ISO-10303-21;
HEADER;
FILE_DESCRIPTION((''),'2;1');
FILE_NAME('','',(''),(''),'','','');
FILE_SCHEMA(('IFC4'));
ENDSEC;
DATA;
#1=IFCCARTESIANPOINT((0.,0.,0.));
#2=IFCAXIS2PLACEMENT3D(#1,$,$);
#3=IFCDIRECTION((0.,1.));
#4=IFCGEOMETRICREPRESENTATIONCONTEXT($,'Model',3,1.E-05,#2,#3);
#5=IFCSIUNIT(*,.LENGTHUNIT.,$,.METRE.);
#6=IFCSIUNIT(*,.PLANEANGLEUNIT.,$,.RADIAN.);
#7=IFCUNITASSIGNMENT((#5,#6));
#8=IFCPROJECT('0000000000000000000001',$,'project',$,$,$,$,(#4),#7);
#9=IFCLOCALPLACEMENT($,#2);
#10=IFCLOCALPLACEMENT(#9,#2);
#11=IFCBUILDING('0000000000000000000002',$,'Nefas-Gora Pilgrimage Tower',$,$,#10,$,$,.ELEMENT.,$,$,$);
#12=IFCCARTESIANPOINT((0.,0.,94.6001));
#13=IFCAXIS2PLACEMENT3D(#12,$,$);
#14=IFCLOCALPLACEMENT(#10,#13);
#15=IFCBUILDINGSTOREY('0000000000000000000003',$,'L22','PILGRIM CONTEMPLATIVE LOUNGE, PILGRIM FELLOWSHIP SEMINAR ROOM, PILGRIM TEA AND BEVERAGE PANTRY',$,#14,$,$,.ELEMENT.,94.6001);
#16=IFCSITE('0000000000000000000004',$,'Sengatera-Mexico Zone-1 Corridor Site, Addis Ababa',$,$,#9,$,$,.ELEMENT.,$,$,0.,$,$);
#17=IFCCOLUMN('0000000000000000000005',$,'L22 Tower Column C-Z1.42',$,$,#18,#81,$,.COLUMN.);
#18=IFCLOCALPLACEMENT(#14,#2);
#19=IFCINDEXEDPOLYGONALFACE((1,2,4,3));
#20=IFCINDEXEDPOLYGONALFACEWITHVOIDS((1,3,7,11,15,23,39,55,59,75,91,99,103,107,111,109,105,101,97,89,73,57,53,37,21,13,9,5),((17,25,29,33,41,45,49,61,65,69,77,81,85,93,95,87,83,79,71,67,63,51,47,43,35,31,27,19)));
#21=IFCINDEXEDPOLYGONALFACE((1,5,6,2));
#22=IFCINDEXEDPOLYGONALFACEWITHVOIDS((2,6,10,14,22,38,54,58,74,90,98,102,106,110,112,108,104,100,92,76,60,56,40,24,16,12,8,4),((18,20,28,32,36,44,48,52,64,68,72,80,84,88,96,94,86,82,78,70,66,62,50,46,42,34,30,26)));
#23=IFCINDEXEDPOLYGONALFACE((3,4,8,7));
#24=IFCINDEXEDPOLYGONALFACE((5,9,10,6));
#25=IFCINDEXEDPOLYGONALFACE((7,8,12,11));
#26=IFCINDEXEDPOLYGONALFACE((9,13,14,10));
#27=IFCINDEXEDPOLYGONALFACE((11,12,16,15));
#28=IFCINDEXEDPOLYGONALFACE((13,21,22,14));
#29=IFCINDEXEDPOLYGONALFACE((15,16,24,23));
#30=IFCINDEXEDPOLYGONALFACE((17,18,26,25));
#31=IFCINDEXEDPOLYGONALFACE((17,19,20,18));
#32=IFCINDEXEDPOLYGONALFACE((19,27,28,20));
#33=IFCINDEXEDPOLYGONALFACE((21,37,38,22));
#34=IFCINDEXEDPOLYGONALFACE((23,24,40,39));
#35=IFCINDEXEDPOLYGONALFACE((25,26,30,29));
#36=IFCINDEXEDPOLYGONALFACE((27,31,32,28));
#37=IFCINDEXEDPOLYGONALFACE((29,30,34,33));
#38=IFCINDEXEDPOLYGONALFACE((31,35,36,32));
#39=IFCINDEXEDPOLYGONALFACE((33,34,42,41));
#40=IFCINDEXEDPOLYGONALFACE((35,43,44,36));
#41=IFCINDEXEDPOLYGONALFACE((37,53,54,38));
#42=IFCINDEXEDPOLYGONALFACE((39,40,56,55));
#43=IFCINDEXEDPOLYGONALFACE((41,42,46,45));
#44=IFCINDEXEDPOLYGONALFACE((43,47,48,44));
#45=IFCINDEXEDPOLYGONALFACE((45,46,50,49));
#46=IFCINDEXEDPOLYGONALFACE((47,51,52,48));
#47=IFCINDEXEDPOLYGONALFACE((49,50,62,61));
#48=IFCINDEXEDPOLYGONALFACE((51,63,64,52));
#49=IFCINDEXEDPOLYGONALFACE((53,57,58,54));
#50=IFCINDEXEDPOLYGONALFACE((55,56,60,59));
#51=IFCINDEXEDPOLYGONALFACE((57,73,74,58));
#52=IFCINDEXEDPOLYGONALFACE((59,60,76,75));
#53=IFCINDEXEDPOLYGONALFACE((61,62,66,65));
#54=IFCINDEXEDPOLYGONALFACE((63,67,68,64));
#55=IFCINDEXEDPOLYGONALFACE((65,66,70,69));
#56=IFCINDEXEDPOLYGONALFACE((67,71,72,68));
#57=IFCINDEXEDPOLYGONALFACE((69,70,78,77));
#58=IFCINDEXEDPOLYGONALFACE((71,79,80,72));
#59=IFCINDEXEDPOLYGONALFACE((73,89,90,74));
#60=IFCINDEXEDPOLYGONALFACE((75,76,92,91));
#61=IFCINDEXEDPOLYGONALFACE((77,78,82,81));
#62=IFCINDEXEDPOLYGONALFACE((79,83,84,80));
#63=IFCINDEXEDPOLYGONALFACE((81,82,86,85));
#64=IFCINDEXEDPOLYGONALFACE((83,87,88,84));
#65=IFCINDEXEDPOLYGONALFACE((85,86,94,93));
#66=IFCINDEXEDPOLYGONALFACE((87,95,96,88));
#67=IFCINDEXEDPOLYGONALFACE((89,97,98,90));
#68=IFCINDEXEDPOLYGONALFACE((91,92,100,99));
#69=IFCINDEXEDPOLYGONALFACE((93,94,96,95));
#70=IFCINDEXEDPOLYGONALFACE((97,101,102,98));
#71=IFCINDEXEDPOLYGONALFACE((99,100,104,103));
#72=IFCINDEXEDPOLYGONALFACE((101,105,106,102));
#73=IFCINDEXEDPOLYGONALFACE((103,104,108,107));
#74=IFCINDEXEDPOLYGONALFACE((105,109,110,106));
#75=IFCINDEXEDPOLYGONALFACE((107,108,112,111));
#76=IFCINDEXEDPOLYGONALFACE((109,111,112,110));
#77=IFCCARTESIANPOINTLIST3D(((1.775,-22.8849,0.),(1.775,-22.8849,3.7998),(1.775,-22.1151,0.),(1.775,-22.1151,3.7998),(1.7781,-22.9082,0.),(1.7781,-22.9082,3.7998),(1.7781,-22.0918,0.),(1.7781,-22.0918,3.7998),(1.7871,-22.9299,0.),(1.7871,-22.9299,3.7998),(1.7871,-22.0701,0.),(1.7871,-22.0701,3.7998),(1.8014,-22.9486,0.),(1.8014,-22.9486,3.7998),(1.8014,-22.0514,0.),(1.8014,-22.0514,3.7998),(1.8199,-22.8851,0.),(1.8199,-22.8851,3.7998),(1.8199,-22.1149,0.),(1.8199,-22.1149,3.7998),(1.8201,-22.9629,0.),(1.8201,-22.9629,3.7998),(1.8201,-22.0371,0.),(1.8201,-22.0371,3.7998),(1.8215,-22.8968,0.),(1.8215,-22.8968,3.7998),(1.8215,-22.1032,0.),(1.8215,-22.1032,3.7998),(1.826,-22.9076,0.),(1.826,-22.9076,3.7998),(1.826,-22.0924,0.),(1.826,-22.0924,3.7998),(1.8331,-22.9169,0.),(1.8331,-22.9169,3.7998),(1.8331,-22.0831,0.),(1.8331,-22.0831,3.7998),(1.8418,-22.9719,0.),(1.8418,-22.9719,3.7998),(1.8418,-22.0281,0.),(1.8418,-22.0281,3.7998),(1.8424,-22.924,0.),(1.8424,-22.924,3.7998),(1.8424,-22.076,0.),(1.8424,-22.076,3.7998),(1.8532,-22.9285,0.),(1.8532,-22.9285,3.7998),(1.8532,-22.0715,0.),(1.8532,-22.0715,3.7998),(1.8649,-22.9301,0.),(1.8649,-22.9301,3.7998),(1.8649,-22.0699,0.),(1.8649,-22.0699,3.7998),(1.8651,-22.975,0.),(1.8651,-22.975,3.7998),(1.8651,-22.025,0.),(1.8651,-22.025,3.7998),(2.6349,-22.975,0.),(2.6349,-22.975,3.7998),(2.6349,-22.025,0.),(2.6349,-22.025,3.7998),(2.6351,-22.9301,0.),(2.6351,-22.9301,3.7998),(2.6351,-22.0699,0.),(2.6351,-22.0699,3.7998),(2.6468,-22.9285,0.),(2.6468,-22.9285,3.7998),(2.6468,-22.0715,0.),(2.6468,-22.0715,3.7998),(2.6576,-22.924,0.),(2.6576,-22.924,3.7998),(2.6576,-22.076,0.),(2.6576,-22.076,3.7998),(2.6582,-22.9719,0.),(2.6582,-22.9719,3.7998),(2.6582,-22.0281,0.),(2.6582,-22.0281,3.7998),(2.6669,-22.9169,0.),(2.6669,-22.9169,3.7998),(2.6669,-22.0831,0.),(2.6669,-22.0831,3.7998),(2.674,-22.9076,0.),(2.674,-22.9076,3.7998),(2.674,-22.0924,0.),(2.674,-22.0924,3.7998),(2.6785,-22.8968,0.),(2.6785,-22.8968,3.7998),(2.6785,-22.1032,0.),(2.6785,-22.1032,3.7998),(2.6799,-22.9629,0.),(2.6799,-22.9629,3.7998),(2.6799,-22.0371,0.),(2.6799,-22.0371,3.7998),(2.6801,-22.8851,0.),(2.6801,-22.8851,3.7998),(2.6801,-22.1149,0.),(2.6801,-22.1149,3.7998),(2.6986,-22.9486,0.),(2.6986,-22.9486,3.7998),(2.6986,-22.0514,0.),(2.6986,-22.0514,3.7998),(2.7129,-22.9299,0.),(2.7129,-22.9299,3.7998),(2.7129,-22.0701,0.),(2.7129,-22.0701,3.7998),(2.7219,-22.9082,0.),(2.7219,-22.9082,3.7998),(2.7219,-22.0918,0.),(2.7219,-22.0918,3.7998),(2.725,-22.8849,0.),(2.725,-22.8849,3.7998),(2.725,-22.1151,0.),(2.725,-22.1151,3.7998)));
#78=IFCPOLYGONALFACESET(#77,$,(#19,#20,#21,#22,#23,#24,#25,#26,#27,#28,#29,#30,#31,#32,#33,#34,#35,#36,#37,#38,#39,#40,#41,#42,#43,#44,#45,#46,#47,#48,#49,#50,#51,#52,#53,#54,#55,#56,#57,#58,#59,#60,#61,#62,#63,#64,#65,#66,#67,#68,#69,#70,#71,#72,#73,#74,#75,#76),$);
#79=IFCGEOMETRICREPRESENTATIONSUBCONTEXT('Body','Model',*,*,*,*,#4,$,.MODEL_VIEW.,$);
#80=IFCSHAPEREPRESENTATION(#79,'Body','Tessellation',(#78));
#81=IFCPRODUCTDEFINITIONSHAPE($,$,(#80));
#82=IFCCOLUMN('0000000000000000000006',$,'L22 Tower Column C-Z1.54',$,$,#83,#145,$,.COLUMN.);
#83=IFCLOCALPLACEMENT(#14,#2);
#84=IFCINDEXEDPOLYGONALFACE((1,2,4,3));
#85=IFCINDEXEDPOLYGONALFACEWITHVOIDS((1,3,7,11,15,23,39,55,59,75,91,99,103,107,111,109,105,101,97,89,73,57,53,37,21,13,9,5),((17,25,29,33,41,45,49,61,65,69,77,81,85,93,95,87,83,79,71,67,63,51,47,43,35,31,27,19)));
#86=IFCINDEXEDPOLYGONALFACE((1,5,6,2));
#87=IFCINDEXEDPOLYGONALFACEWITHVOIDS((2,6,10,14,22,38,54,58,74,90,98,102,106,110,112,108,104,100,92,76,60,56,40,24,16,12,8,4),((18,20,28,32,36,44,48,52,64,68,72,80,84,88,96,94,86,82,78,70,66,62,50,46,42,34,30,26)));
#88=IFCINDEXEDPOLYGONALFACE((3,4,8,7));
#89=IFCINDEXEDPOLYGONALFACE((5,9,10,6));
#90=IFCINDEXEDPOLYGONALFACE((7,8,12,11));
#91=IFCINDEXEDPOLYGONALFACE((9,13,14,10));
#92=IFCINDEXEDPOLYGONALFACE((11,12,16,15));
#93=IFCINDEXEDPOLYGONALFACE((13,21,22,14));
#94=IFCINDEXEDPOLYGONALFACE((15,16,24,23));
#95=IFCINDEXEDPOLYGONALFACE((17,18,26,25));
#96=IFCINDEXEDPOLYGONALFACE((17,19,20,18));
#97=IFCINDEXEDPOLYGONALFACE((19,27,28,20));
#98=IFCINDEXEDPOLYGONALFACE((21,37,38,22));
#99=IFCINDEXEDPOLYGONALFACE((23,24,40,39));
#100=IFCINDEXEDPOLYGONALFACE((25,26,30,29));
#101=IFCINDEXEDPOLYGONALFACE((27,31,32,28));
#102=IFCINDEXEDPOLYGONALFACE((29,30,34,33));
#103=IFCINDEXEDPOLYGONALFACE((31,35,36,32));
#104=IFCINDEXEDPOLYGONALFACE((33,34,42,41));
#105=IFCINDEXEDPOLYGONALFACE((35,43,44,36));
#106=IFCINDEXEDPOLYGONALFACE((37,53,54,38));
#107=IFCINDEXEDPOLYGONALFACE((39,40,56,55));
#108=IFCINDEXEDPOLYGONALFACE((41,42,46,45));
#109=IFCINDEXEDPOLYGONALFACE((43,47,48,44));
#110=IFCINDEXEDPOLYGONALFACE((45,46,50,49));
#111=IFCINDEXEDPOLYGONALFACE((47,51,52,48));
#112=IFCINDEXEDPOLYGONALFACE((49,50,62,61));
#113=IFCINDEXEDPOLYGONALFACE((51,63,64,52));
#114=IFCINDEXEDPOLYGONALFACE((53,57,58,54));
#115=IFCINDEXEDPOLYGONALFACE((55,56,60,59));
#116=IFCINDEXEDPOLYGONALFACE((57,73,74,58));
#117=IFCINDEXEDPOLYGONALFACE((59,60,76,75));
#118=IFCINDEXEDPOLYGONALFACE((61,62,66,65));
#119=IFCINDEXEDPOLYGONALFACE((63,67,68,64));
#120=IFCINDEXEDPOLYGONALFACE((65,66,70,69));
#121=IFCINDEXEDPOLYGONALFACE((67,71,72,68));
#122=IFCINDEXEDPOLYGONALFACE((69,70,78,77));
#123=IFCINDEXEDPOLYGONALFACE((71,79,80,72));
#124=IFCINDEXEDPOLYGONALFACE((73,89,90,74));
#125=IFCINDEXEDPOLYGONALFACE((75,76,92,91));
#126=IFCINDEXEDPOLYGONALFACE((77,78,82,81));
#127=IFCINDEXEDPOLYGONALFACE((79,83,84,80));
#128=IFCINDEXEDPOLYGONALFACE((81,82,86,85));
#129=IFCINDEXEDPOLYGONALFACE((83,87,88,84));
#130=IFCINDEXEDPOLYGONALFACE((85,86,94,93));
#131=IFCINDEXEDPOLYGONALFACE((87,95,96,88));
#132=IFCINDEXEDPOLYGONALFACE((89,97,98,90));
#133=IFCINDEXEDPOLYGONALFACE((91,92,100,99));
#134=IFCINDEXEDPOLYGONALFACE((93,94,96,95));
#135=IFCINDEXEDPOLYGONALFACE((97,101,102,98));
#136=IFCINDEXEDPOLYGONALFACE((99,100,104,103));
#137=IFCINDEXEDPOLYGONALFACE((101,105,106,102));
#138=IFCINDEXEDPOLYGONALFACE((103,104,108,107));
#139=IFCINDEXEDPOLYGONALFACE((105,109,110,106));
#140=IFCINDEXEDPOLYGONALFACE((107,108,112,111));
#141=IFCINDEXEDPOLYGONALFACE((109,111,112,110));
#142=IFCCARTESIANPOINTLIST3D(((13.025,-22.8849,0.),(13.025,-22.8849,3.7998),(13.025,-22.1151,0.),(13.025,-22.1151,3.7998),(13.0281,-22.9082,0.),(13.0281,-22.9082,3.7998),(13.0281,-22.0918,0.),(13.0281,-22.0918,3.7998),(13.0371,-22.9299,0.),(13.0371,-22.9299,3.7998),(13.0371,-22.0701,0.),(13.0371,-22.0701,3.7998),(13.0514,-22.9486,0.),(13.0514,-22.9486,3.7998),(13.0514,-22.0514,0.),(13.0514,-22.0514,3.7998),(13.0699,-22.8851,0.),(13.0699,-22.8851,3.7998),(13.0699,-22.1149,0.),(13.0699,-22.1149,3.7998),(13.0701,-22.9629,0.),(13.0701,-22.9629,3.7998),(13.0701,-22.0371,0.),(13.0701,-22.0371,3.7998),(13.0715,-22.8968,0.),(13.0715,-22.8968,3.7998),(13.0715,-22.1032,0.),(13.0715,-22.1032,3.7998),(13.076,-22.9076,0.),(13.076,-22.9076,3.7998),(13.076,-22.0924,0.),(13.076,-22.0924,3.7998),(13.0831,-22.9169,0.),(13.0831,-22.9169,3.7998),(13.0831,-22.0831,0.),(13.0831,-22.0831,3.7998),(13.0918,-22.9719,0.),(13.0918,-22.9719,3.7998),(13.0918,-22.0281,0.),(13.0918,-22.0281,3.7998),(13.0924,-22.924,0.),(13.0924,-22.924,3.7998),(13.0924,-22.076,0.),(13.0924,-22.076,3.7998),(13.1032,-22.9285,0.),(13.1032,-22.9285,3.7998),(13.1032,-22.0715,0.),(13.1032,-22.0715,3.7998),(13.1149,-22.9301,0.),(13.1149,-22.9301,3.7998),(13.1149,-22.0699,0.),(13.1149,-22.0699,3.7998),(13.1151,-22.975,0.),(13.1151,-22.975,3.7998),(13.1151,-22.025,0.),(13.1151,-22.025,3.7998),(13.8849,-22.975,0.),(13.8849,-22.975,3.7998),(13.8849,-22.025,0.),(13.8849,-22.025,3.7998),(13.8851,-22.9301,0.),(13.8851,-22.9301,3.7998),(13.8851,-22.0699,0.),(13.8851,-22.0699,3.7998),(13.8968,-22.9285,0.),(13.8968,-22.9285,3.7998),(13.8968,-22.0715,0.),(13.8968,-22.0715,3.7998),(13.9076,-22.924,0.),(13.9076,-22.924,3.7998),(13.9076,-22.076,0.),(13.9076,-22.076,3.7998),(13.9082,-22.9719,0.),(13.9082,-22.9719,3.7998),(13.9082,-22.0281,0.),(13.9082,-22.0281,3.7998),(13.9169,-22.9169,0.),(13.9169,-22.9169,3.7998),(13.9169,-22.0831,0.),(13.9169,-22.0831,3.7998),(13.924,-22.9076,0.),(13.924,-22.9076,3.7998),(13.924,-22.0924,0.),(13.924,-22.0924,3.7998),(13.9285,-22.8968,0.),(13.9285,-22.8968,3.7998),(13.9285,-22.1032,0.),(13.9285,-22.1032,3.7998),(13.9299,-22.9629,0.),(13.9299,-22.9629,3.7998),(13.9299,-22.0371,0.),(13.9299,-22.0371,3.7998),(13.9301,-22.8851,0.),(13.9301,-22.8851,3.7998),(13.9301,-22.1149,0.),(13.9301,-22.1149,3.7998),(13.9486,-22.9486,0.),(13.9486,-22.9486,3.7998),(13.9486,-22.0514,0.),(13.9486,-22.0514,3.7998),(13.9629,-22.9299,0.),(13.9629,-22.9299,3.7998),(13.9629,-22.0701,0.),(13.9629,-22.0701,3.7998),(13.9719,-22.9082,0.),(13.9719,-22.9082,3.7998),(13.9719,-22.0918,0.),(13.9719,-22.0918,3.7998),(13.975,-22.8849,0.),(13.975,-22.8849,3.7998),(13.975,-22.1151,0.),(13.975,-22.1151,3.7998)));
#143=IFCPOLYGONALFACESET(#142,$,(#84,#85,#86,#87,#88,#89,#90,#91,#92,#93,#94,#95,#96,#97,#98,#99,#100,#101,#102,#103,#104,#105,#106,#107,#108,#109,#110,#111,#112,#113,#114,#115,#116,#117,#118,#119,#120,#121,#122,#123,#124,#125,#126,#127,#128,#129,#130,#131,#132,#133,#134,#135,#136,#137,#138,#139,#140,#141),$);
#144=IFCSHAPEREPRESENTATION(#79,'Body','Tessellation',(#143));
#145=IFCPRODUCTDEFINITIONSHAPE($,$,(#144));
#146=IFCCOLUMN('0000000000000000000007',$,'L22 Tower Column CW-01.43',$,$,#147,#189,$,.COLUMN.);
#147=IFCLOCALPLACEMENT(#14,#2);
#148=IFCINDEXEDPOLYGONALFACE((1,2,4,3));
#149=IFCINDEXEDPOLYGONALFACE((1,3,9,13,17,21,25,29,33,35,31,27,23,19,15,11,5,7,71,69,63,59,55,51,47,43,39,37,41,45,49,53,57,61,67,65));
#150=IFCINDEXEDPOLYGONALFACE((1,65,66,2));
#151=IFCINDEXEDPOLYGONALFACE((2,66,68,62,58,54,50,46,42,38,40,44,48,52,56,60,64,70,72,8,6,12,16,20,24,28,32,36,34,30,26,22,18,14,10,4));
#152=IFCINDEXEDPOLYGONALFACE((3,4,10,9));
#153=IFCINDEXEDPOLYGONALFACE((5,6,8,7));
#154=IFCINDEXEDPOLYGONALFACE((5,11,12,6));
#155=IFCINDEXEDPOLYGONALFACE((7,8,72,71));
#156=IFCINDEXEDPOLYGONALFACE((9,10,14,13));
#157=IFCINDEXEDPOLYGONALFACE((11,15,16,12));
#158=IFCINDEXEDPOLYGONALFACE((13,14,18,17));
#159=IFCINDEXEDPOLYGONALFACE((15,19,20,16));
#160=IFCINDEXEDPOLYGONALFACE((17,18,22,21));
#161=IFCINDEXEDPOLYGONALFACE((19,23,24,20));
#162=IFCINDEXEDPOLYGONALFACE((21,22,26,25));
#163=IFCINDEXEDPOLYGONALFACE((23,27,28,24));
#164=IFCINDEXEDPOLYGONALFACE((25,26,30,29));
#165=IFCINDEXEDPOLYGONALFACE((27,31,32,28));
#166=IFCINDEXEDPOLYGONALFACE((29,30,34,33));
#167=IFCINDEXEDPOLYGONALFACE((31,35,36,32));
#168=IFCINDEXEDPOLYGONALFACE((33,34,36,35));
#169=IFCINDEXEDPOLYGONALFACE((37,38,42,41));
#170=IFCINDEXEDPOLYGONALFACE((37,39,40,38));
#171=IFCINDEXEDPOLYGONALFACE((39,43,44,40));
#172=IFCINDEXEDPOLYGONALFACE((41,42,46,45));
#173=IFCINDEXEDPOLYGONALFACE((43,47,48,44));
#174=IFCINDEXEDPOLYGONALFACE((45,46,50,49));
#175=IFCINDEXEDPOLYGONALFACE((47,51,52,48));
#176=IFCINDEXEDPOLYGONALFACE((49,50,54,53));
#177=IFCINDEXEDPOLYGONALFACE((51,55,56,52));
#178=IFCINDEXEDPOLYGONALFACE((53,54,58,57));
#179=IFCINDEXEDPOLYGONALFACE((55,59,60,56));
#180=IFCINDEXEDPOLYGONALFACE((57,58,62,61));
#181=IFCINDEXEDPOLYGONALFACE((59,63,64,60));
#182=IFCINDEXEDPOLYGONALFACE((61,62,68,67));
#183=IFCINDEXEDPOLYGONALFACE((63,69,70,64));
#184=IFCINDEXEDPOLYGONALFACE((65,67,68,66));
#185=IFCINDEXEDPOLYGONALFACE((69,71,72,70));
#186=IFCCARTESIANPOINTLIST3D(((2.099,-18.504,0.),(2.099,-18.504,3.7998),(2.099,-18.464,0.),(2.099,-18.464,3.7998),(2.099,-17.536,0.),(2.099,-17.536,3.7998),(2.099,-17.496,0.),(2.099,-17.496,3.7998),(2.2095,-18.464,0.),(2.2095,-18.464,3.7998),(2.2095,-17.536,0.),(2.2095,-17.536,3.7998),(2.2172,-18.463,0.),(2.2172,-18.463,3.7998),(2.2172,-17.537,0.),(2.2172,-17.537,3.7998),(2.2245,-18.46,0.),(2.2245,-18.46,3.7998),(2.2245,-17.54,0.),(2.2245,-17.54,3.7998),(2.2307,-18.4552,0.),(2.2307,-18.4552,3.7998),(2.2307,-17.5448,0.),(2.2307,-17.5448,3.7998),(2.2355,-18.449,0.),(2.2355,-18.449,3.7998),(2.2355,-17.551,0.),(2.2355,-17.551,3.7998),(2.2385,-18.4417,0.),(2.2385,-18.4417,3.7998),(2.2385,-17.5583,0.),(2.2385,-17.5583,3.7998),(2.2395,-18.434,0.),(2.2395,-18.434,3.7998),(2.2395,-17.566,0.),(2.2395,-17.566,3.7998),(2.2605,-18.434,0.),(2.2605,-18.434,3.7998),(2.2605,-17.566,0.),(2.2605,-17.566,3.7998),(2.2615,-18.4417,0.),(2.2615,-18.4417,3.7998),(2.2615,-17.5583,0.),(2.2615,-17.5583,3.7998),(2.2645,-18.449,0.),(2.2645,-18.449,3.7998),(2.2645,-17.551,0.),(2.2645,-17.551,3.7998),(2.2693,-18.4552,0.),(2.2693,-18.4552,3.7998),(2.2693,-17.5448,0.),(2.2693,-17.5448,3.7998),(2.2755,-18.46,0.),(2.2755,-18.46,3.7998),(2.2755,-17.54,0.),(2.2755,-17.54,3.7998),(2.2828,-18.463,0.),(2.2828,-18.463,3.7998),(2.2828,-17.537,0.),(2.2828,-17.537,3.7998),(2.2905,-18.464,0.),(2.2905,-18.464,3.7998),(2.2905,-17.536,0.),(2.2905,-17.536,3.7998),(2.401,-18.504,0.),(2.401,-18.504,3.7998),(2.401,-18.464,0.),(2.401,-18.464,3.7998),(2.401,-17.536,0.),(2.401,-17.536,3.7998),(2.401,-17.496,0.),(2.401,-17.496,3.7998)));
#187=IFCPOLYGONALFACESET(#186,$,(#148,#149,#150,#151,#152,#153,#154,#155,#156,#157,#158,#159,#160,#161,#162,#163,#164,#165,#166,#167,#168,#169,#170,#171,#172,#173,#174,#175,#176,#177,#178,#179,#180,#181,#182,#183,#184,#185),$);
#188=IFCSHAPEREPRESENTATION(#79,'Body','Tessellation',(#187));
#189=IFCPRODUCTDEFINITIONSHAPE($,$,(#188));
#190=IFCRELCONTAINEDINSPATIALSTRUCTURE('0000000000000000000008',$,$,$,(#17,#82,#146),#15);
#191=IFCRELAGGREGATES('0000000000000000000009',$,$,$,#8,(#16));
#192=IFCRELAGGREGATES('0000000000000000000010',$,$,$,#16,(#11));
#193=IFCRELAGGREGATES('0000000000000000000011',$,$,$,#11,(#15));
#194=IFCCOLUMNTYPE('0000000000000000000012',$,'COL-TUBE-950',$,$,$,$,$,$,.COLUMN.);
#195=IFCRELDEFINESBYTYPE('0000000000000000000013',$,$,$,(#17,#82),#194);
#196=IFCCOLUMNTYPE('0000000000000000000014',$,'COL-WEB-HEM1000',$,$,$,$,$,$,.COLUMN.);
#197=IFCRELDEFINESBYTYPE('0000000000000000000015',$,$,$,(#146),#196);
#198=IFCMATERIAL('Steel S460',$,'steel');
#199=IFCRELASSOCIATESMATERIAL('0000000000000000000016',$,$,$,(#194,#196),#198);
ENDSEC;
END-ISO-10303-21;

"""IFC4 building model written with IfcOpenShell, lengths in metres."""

from ifc_helpers import new_model, si_unit, direction, frame, origin, origin_2d, place, context, subcontext, project, spatial, hollow_rectangle, i_section, extrude, source, transform, mapped, material, material_profile, profile_set, type_object, element, save


model = new_model("IFC4")

# Units and contexts
model_context = context("Model", 3, precision=1e-05, world=origin(), true_north=direction((0.0, 1.0)))
body_context = subcontext(model_context, "Body", "Model", "MODEL_VIEW")
ifc_project = project(units=[si_unit("LENGTHUNIT", "METRE"), si_unit("PLANEANGLEUNIT", "RADIAN")], contexts=[model_context])

# Site, building, storey
site_placement = place(None, origin())
site = spatial("IfcSite", under=ifc_project, at=site_placement, Name="Sengatera-Mexico Zone-1 Corridor Site, Addis Ababa", CompositionType="ELEMENT", RefElevation=0.0)
building_placement = place(site_placement, origin())
building = spatial("IfcBuilding", under=site, at=building_placement, Name="Nefas-Gora Pilgrimage Tower", CompositionType="ELEMENT")
storey_placement = place(building_placement, frame((0.0, 0.0, 94.6001)))
storey = spatial("IfcBuildingStorey", under=building, at=storey_placement, Name="L22", Description="PILGRIM CONTEMPLATIVE LOUNGE, PILGRIM FELLOWSHIP SEMINAR ROOM, PILGRIM TEA AND BEVERAGE PANTRY", CompositionType="ELEMENT", Elevation=94.6001)

# Columns
ifc_material_1 = material(Name="Steel S460", Category="steel")
ifc_material_profile_1 = material_profile(ifc_material_1, hollow_rectangle(XDim=0.95, YDim=0.95, WallThickness=0.0449, InnerFilletRadius=0.0449, OuterFilletRadius=0.0901, at=origin_2d()), Name="BOX 950x950x45")
ifc_profile_set_1 = profile_set([ifc_material_profile_1], Name="Steel S460")
column_type_1 = type_object("IfcColumnType", Name="COL-TUBE-950", PredefinedType="COLUMN", material=ifc_profile_set_1)
shared_shape_1 = source(origin(), body_context, "Body", "SweptSolid", [
    extrude(hollow_rectangle(XDim=0.95, YDim=0.95, WallThickness=0.0449, InnerFilletRadius=0.0449, OuterFilletRadius=0.0901, at=origin_2d()), origin(), (0.0, 0.0, 1.0), 3.7998),
])
for number, where, z_axis, x_axis, name in (
    (1, (2.25, -22.5, 0.0), (0.0, 0.0, 1.0), (1.0, 0.0, 0.0), "L22 Tower Column C-Z1.42"),
    (2, (13.5, -22.5, 0.0), (0.0, 0.0, 1.0), (1.0, 0.0, 0.0), "L22 Tower Column C-Z1.54"),
):
    element("IfcColumn", number, at=place(storey_placement, frame(where, z_axis=z_axis, x_axis=x_axis)), inside=storey, type_object=column_type_1, Name=name, PredefinedType="COLUMN", context=body_context, shape_type="MappedRepresentation", body=[
        mapped(shared_shape_1, transform((0.0, 0.0, 0.0), x_axis=(1.0, 0.0, 0.0), y_axis=(0.0, 1.0, 0.0), z_axis=(0.0, 0.0, 1.0), scale=1.0)),
    ])
ifc_material_profile_2 = material_profile(ifc_material_1, i_section(OverallWidth=0.302, OverallDepth=1.0081, WebThickness=0.021, FlangeThickness=0.04, FilletRadius=0.03, at=origin_2d()), Name="HEM 1000")
ifc_profile_set_2 = profile_set([ifc_material_profile_2], Name="Steel S460")
column_type_2 = type_object("IfcColumnType", Name="COL-WEB-HEM1000", PredefinedType="COLUMN", material=ifc_profile_set_2)
shared_shape_2 = source(origin(), body_context, "Body", "SweptSolid", [
    extrude(i_section(OverallWidth=0.302, OverallDepth=1.0081, WebThickness=0.021, FlangeThickness=0.04, FilletRadius=0.03, at=origin_2d()), origin(), (0.0, 0.0, 1.0), 3.7998),
])
for number, where, z_axis, x_axis, name in (
    (3, (2.25, -18.0, 0.0), (0.0, 0.0, 1.0), (1.0, 0.0, 0.0), "L22 Tower Column CW-01.43"),
):
    element("IfcColumn", number, at=place(storey_placement, frame(where, z_axis=z_axis, x_axis=x_axis)), inside=storey, type_object=column_type_2, Name=name, PredefinedType="COLUMN", context=body_context, shape_type="MappedRepresentation", body=[
        mapped(shared_shape_2, transform((0.0, 0.0, 0.0), x_axis=(1.0, 0.0, 0.0), y_axis=(0.0, 1.0, 0.0), z_axis=(0.0, 0.0, 1.0), scale=1.0)),
    ])

save(model, "model.ifc")
